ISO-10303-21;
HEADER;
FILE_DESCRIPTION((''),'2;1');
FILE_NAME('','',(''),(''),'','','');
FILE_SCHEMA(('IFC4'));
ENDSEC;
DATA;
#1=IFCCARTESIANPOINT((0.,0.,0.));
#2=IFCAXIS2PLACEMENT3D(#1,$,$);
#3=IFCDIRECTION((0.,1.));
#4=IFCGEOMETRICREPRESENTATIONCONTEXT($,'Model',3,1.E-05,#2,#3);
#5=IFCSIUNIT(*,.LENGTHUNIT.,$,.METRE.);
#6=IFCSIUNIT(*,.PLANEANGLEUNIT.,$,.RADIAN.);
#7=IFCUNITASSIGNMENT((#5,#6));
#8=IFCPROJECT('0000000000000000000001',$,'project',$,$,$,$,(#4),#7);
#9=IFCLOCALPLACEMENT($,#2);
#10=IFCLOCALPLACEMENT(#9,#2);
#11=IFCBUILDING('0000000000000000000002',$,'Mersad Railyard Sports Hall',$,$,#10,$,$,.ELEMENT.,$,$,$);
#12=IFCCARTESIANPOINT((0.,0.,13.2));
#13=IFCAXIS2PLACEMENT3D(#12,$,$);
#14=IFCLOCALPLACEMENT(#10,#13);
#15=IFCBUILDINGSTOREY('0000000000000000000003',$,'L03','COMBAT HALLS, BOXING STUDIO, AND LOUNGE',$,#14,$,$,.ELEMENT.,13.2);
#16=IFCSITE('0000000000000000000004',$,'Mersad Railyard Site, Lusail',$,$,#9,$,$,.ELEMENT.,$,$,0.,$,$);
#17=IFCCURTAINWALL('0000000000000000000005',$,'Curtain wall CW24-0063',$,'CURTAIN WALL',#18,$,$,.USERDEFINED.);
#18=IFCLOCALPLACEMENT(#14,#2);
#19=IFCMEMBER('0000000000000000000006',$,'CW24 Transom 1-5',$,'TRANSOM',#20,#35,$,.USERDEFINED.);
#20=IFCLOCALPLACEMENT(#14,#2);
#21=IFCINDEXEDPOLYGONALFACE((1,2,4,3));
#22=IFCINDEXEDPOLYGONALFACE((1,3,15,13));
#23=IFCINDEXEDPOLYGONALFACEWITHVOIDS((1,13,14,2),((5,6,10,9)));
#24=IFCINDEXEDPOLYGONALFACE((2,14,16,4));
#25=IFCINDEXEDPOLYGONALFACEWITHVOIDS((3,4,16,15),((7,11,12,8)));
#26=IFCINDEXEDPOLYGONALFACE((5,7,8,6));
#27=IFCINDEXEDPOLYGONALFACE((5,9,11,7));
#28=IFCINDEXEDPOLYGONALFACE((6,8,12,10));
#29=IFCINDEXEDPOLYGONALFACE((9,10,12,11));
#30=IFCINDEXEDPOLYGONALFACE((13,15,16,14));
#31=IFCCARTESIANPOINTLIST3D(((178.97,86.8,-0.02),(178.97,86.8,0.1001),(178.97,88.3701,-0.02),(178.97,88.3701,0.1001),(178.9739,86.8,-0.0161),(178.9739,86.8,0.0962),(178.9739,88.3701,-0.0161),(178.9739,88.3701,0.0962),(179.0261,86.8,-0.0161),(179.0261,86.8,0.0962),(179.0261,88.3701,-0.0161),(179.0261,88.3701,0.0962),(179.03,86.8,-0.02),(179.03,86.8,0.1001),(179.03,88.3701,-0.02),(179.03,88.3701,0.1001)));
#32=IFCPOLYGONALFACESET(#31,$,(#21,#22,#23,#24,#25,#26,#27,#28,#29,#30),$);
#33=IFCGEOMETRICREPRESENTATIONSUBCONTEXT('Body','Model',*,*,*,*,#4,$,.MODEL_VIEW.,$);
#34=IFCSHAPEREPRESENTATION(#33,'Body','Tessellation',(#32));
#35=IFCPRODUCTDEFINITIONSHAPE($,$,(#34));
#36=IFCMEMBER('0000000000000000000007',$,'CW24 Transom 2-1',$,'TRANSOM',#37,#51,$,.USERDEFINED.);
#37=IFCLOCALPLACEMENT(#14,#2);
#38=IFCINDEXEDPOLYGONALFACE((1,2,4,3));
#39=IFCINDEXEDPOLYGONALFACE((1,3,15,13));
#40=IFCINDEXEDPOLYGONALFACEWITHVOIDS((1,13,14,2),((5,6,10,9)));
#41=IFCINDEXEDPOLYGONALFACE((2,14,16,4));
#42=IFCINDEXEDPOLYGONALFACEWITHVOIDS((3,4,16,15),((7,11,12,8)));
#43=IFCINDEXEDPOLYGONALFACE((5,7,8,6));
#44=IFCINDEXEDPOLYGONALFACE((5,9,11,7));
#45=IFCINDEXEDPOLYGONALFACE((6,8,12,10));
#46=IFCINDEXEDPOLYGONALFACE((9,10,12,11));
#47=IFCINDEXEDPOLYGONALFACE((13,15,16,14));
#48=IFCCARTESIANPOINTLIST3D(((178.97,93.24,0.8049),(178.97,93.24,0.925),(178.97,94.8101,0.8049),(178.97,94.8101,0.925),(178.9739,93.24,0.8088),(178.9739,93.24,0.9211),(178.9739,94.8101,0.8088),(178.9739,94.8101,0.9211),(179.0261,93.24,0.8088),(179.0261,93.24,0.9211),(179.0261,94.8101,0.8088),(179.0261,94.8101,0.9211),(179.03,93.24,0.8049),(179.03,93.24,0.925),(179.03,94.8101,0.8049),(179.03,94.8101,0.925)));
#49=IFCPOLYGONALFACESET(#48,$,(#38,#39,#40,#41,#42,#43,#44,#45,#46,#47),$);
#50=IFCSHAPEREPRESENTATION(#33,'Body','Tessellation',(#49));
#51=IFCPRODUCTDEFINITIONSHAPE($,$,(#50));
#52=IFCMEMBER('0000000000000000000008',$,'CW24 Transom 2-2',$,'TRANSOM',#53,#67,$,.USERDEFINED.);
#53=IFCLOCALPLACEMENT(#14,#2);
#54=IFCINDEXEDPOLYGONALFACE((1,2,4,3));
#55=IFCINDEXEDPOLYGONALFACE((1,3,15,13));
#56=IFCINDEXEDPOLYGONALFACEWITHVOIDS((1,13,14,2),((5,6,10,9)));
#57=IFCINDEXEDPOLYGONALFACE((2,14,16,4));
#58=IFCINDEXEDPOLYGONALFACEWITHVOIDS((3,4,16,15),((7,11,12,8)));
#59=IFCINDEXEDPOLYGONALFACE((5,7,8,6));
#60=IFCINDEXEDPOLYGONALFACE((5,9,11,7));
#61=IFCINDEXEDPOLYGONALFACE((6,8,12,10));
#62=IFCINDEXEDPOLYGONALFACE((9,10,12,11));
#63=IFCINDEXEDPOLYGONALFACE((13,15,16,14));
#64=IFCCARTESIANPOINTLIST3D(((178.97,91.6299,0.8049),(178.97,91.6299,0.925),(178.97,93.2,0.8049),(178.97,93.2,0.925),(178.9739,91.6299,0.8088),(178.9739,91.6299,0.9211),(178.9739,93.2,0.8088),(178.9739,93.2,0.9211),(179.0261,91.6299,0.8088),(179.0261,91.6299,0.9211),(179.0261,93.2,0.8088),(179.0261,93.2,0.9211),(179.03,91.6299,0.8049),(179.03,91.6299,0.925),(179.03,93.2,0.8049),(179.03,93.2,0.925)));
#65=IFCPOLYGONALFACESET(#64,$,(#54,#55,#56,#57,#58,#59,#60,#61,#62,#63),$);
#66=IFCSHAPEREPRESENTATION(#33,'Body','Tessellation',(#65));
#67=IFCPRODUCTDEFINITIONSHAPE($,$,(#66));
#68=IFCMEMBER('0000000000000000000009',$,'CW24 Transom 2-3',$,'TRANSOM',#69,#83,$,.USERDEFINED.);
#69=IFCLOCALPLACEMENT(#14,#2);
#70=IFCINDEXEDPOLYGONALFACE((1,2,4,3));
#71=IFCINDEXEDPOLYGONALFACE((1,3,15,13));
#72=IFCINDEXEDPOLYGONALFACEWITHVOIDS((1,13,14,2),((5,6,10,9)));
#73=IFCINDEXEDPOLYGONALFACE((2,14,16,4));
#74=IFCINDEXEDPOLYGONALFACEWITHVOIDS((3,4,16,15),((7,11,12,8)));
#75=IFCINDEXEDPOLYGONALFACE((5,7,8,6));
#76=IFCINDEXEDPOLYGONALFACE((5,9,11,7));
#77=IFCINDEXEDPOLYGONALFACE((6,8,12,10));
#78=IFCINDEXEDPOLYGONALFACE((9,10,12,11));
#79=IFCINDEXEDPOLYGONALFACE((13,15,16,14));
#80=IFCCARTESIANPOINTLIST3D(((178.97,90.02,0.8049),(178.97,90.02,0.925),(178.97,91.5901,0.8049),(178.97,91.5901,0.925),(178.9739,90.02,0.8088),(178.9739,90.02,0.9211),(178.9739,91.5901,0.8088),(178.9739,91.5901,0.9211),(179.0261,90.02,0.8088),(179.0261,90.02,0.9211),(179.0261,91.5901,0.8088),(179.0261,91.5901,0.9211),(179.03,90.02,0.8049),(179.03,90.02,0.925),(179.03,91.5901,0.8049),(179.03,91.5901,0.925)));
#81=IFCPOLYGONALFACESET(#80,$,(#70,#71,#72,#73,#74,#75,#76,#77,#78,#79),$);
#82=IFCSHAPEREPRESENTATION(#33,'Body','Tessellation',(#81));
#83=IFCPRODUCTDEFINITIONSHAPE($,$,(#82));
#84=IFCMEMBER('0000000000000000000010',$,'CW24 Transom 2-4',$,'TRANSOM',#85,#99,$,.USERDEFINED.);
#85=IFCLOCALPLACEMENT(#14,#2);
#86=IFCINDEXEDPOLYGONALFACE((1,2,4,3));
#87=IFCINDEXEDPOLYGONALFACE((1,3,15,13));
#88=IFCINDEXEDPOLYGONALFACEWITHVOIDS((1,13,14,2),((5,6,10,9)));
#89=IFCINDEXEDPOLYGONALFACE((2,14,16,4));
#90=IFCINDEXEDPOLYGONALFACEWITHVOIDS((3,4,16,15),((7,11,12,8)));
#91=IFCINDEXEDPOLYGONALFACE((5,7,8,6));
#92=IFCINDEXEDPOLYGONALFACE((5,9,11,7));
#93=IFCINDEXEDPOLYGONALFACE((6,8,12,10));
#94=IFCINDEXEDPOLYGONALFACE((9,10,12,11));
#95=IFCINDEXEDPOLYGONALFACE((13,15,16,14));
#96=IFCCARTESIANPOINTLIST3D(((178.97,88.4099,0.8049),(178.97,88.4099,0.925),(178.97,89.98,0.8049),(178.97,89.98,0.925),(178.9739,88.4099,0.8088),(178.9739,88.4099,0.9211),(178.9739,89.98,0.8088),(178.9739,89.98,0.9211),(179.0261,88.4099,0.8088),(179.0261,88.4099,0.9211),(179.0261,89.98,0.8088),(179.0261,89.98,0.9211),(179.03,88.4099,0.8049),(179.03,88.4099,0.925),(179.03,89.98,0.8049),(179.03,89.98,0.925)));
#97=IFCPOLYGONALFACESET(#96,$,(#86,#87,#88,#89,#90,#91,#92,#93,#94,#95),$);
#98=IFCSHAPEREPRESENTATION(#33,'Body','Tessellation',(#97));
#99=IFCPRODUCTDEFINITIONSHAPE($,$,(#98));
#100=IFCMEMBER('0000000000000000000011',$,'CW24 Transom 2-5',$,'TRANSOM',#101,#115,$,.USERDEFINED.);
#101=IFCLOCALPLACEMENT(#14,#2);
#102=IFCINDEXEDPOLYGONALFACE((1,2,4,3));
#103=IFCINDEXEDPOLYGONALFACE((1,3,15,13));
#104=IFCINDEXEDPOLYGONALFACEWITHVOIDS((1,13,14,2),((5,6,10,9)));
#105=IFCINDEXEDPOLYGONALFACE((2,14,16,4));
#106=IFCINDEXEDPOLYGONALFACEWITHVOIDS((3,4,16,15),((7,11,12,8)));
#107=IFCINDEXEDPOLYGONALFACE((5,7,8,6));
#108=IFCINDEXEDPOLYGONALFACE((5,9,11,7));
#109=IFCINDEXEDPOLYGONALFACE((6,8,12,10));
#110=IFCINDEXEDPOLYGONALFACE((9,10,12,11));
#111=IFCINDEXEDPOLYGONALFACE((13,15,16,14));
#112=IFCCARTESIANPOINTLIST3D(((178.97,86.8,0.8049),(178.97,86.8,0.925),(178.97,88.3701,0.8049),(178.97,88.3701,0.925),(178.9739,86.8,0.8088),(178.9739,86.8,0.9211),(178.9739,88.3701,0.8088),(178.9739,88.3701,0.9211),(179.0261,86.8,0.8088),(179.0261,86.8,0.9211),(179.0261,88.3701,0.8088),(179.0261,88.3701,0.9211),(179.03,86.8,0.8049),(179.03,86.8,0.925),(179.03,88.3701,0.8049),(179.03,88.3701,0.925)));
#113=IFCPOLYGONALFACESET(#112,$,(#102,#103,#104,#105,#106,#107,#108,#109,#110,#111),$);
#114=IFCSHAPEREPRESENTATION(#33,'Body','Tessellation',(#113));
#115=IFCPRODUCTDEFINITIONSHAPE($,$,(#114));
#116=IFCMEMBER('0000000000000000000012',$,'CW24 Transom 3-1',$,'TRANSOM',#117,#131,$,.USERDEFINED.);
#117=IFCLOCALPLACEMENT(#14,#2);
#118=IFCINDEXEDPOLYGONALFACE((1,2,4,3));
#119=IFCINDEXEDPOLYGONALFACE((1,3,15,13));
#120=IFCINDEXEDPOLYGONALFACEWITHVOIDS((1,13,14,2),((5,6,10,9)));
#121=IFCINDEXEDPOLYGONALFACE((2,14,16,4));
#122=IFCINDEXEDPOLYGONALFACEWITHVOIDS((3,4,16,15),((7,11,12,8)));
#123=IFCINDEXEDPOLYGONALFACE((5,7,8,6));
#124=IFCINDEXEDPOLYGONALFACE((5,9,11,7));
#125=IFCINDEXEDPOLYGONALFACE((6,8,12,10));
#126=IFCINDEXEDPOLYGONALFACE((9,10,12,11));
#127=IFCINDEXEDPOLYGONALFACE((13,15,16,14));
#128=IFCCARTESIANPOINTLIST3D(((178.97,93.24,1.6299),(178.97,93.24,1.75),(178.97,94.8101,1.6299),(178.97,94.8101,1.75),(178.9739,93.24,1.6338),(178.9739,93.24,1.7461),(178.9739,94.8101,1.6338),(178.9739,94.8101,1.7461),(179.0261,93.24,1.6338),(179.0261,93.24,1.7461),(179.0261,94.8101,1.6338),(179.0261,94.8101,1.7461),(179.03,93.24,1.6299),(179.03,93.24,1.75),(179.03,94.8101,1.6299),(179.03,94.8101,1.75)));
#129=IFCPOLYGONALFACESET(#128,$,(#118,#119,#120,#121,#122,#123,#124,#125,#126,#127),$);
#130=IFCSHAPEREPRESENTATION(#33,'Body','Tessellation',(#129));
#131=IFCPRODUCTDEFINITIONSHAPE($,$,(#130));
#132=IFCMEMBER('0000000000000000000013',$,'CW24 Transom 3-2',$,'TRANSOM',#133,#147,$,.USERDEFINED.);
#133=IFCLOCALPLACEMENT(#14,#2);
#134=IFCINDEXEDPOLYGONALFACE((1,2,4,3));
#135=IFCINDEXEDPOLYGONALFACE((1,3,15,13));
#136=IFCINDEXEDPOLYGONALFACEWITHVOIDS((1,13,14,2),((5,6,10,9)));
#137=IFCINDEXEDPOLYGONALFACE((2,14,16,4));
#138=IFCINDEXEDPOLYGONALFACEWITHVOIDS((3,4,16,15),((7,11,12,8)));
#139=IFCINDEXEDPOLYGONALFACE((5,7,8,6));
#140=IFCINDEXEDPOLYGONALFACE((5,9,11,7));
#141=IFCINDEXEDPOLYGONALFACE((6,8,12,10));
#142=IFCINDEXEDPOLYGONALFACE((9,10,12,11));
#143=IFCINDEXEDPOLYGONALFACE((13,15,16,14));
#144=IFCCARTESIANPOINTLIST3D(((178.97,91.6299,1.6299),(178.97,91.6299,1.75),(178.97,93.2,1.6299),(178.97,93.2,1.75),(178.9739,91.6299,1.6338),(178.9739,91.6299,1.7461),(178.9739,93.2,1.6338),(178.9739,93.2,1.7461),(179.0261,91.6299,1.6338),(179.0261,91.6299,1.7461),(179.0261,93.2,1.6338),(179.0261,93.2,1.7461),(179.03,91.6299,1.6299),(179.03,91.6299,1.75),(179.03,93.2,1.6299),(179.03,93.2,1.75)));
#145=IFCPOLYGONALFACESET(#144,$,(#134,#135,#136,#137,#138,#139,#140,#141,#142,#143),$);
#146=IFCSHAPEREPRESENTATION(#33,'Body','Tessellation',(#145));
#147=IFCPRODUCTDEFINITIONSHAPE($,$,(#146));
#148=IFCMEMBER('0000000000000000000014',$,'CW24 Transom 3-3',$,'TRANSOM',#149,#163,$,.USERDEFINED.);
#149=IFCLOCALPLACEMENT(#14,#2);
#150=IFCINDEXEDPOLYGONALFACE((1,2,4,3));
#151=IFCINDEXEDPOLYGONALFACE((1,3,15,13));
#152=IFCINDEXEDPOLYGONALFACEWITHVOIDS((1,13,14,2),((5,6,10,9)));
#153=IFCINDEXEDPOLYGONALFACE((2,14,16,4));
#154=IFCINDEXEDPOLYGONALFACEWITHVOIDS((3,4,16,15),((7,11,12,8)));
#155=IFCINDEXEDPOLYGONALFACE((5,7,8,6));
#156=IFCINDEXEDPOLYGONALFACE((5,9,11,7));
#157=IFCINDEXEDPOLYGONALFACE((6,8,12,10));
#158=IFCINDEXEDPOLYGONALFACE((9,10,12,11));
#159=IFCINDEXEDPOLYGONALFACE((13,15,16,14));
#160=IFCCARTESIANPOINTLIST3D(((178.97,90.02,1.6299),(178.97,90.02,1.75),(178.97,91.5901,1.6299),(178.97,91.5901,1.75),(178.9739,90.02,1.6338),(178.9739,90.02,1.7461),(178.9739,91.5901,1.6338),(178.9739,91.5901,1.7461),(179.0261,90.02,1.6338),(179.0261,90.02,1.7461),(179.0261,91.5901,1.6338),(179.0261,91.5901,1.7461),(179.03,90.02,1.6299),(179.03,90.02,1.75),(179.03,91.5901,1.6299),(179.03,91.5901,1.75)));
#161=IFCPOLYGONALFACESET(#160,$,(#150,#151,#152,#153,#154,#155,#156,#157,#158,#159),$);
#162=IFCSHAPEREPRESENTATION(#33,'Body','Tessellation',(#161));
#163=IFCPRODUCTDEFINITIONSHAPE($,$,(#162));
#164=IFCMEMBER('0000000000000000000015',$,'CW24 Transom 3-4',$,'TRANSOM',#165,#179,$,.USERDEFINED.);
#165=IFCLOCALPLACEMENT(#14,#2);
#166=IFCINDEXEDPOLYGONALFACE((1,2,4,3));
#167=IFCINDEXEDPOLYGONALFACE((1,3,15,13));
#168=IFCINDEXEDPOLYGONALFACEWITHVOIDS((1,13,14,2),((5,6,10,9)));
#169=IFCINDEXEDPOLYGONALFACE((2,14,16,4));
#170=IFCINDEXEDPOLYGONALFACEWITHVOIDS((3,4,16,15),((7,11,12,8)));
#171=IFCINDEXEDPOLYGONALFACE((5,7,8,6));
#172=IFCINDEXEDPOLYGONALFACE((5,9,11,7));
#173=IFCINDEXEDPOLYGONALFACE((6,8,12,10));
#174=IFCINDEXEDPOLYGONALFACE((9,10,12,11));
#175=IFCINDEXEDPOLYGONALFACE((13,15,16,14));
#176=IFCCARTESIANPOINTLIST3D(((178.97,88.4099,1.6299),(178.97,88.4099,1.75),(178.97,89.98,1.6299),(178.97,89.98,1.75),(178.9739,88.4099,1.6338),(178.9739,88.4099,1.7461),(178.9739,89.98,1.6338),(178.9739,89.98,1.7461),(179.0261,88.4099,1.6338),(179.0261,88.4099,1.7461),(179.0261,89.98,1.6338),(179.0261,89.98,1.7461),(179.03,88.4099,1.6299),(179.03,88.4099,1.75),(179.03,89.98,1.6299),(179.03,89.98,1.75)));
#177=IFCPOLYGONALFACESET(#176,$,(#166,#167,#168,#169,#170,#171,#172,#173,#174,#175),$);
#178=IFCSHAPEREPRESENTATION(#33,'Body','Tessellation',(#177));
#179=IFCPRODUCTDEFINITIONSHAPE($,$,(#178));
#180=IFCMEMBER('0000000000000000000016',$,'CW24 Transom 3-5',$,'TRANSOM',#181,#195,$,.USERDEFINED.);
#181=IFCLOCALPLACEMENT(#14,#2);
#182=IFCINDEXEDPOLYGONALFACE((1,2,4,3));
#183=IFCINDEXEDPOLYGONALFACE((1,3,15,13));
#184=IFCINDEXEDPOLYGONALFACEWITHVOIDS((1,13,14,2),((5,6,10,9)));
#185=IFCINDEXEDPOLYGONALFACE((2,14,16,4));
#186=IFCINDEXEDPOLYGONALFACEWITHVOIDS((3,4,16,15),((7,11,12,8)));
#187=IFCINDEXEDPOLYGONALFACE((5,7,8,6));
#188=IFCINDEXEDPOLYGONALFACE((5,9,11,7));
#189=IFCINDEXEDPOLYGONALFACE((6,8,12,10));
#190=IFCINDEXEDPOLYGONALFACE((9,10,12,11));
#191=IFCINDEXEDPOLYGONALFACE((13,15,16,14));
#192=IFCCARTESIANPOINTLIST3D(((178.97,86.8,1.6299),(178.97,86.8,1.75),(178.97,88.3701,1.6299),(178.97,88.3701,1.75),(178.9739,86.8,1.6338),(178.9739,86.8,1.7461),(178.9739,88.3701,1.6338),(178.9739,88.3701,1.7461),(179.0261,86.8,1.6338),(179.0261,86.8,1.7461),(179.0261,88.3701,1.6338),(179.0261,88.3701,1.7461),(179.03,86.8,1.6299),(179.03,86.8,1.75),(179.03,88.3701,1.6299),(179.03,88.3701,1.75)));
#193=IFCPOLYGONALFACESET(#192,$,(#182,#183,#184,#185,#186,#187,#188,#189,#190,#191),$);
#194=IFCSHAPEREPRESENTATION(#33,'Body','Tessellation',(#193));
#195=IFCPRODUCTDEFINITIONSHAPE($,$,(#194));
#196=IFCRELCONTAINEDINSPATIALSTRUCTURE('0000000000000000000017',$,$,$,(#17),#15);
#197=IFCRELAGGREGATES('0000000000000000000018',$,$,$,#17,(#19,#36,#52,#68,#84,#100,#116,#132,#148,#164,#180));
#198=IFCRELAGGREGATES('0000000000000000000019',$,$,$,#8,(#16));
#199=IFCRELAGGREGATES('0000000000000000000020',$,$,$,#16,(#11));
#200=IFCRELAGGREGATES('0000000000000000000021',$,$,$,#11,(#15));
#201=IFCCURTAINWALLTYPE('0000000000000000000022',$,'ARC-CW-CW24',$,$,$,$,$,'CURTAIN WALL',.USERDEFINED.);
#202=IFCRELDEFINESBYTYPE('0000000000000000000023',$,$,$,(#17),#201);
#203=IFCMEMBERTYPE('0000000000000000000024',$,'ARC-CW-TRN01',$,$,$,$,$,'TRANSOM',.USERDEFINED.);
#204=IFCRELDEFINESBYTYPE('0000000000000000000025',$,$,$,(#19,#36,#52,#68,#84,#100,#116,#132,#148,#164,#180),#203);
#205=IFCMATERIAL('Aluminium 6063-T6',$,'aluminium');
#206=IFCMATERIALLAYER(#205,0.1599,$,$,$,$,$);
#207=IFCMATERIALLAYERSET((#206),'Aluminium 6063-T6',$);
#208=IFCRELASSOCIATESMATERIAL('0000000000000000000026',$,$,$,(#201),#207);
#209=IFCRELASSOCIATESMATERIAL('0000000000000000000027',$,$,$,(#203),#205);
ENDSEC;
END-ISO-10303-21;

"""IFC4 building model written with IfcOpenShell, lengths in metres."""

from ifc_helpers import new_model, si_unit, direction, frame, origin, origin_2d, place, context, subcontext, project, spatial, hollow_rectangle, extrude, material, layer, layer_set, material_profile, profile_set, type_object, element, aggregate, save


model = new_model("IFC4")

# Units and contexts
model_context = context("Model", 3, precision=1e-05, world=origin(), true_north=direction((0.0, 1.0)))
body_context = subcontext(model_context, "Body", "Model", "MODEL_VIEW")
ifc_project = project(units=[si_unit("LENGTHUNIT", "METRE"), si_unit("PLANEANGLEUNIT", "RADIAN")], contexts=[model_context])

# Site, building, storey
site_placement = place(None, origin())
site = spatial("IfcSite", under=ifc_project, at=site_placement, Name="Mersad Railyard Site, Lusail", CompositionType="ELEMENT", RefElevation=0.0)
building_placement = place(site_placement, origin())
building = spatial("IfcBuilding", under=site, at=building_placement, Name="Mersad Railyard Sports Hall", CompositionType="ELEMENT")
storey_placement = place(building_placement, frame((0.0, 0.0, 13.2)))
storey = spatial("IfcBuildingStorey", under=building, at=storey_placement, Name="L03", Description="COMBAT HALLS, BOXING STUDIO, AND LOUNGE", CompositionType="ELEMENT", Elevation=13.2)

# Curtain wall, members
ifc_material_1 = material(Name="Aluminium 6063-T6", Category="aluminium")
ifc_layer_1 = layer(ifc_material_1, 0.1599)
ifc_layer_set_1 = layer_set([ifc_layer_1], Name="Aluminium 6063-T6")
curtain_wall_type = type_object("IfcCurtainWallType", Name="ARC-CW-CW24", ElementType="CURTAIN WALL", PredefinedType="USERDEFINED", material=ifc_layer_set_1)
curtain_wall_placement = place(storey_placement, origin())
curtain_wall = element("IfcCurtainWall", 1, at=curtain_wall_placement, inside=storey, type_object=curtain_wall_type, Name="Curtain wall CW24-0063", ObjectType="CURTAIN WALL", PredefinedType="USERDEFINED")
ifc_material_profile_1 = material_profile(ifc_material_1, hollow_rectangle(XDim=0.0601, YDim=0.1201, WallThickness=0.0039, at=origin_2d()), Name="AL TRANSOM 60x120x4")
ifc_profile_set_1 = profile_set([ifc_material_profile_1], Name="Aluminium 6063-T6")
member_type_1 = type_object("IfcMemberType", Name="ARC-CW-TRN01", ElementType="TRANSOM", PredefinedType="USERDEFINED", material=ifc_profile_set_1)
member_1_placement = place(storey_placement, frame((179.0, 88.3701, 0.04), z_axis=(0.0, -1.0, 0.0), x_axis=(1.0, 0.0, 0.0)))
member_1 = element("IfcMember", 2, at=member_1_placement, type_object=member_type_1, Name="CW24 Transom 1-5", ObjectType="TRANSOM", PredefinedType="USERDEFINED", context=body_context, shape_type="SweptSolid", body=[
    extrude(hollow_rectangle(XDim=0.0601, YDim=0.1201, WallThickness=0.0039, at=origin_2d()), origin(), (0.0, 0.0, 1.0), 1.5701),
])
member_2_placement = place(storey_placement, frame((179.0, 94.8101, 0.865), z_axis=(0.0, -1.0, 0.0), x_axis=(1.0, 0.0, 0.0)))
member_2 = element("IfcMember", 3, at=member_2_placement, type_object=member_type_1, Name="CW24 Transom 2-1", ObjectType="TRANSOM", PredefinedType="USERDEFINED", context=body_context, shape_type="SweptSolid", body=[
    extrude(hollow_rectangle(XDim=0.0601, YDim=0.1201, WallThickness=0.0039, at=origin_2d()), origin(), (0.0, 0.0, 1.0), 1.5701),
])
member_3_placement = place(storey_placement, frame((179.0, 93.2, 0.865), z_axis=(0.0, -1.0, 0.0), x_axis=(1.0, 0.0, 0.0)))
member_3 = element("IfcMember", 4, at=member_3_placement, type_object=member_type_1, Name="CW24 Transom 2-2", ObjectType="TRANSOM", PredefinedType="USERDEFINED", context=body_context, shape_type="SweptSolid", body=[
    extrude(hollow_rectangle(XDim=0.0601, YDim=0.1201, WallThickness=0.0039, at=origin_2d()), origin(), (0.0, 0.0, 1.0), 1.5701),
])
member_4_placement = place(storey_placement, frame((179.0, 91.5901, 0.865), z_axis=(0.0, -1.0, 0.0), x_axis=(1.0, 0.0, 0.0)))
member_4 = element("IfcMember", 5, at=member_4_placement, type_object=member_type_1, Name="CW24 Transom 2-3", ObjectType="TRANSOM", PredefinedType="USERDEFINED", context=body_context, shape_type="SweptSolid", body=[
    extrude(hollow_rectangle(XDim=0.0601, YDim=0.1201, WallThickness=0.0039, at=origin_2d()), origin(), (0.0, 0.0, 1.0), 1.5701),
])
member_5_placement = place(storey_placement, frame((179.0, 89.98, 0.865), z_axis=(0.0, -1.0, 0.0), x_axis=(1.0, 0.0, 0.0)))
member_5 = element("IfcMember", 6, at=member_5_placement, type_object=member_type_1, Name="CW24 Transom 2-4", ObjectType="TRANSOM", PredefinedType="USERDEFINED", context=body_context, shape_type="SweptSolid", body=[
    extrude(hollow_rectangle(XDim=0.0601, YDim=0.1201, WallThickness=0.0039, at=origin_2d()), origin(), (0.0, 0.0, 1.0), 1.5701),
])
member_6_placement = place(storey_placement, frame((179.0, 88.3701, 0.865), z_axis=(0.0, -1.0, 0.0), x_axis=(1.0, 0.0, 0.0)))
member_6 = element("IfcMember", 7, at=member_6_placement, type_object=member_type_1, Name="CW24 Transom 2-5", ObjectType="TRANSOM", PredefinedType="USERDEFINED", context=body_context, shape_type="SweptSolid", body=[
    extrude(hollow_rectangle(XDim=0.0601, YDim=0.1201, WallThickness=0.0039, at=origin_2d()), origin(), (0.0, 0.0, 1.0), 1.5701),
])
member_7_placement = place(storey_placement, frame((179.0, 94.8101, 1.6899), z_axis=(0.0, -1.0, 0.0), x_axis=(1.0, 0.0, 0.0)))
member_7 = element("IfcMember", 8, at=member_7_placement, type_object=member_type_1, Name="CW24 Transom 3-1", ObjectType="TRANSOM", PredefinedType="USERDEFINED", context=body_context, shape_type="SweptSolid", body=[
    extrude(hollow_rectangle(XDim=0.0601, YDim=0.1201, WallThickness=0.0039, at=origin_2d()), origin(), (0.0, 0.0, 1.0), 1.5701),
])
member_8_placement = place(storey_placement, frame((179.0, 93.2, 1.6899), z_axis=(0.0, -1.0, 0.0), x_axis=(1.0, 0.0, 0.0)))
member_8 = element("IfcMember", 9, at=member_8_placement, type_object=member_type_1, Name="CW24 Transom 3-2", ObjectType="TRANSOM", PredefinedType="USERDEFINED", context=body_context, shape_type="SweptSolid", body=[
    extrude(hollow_rectangle(XDim=0.0601, YDim=0.1201, WallThickness=0.0039, at=origin_2d()), origin(), (0.0, 0.0, 1.0), 1.5701),
])
member_9_placement = place(storey_placement, frame((179.0, 91.5901, 1.6899), z_axis=(0.0, -1.0, 0.0), x_axis=(1.0, 0.0, 0.0)))
member_9 = element("IfcMember", 10, at=member_9_placement, type_object=member_type_1, Name="CW24 Transom 3-3", ObjectType="TRANSOM", PredefinedType="USERDEFINED", context=body_context, shape_type="SweptSolid", body=[
    extrude(hollow_rectangle(XDim=0.0601, YDim=0.1201, WallThickness=0.0039, at=origin_2d()), origin(), (0.0, 0.0, 1.0), 1.5701),
])
member_10_placement = place(storey_placement, frame((179.0, 89.98, 1.6899), z_axis=(0.0, -1.0, 0.0), x_axis=(1.0, 0.0, 0.0)))
member_10 = element("IfcMember", 11, at=member_10_placement, type_object=member_type_1, Name="CW24 Transom 3-4", ObjectType="TRANSOM", PredefinedType="USERDEFINED", context=body_context, shape_type="SweptSolid", body=[
    extrude(hollow_rectangle(XDim=0.0601, YDim=0.1201, WallThickness=0.0039, at=origin_2d()), origin(), (0.0, 0.0, 1.0), 1.5701),
])
member_11_placement = place(storey_placement, frame((179.0, 88.3701, 1.6899), z_axis=(0.0, -1.0, 0.0), x_axis=(1.0, 0.0, 0.0)))
member_11 = element("IfcMember", 12, at=member_11_placement, type_object=member_type_1, Name="CW24 Transom 3-5", ObjectType="TRANSOM", PredefinedType="USERDEFINED", context=body_context, shape_type="SweptSolid", body=[
    extrude(hollow_rectangle(XDim=0.0601, YDim=0.1201, WallThickness=0.0039, at=origin_2d()), origin(), (0.0, 0.0, 1.0), 1.5701),
])
aggregate(curtain_wall, [member_1, member_2, member_3, member_4, member_5, member_6, member_7, member_8, member_9, member_10, member_11])

save(model, "model.ifc")
